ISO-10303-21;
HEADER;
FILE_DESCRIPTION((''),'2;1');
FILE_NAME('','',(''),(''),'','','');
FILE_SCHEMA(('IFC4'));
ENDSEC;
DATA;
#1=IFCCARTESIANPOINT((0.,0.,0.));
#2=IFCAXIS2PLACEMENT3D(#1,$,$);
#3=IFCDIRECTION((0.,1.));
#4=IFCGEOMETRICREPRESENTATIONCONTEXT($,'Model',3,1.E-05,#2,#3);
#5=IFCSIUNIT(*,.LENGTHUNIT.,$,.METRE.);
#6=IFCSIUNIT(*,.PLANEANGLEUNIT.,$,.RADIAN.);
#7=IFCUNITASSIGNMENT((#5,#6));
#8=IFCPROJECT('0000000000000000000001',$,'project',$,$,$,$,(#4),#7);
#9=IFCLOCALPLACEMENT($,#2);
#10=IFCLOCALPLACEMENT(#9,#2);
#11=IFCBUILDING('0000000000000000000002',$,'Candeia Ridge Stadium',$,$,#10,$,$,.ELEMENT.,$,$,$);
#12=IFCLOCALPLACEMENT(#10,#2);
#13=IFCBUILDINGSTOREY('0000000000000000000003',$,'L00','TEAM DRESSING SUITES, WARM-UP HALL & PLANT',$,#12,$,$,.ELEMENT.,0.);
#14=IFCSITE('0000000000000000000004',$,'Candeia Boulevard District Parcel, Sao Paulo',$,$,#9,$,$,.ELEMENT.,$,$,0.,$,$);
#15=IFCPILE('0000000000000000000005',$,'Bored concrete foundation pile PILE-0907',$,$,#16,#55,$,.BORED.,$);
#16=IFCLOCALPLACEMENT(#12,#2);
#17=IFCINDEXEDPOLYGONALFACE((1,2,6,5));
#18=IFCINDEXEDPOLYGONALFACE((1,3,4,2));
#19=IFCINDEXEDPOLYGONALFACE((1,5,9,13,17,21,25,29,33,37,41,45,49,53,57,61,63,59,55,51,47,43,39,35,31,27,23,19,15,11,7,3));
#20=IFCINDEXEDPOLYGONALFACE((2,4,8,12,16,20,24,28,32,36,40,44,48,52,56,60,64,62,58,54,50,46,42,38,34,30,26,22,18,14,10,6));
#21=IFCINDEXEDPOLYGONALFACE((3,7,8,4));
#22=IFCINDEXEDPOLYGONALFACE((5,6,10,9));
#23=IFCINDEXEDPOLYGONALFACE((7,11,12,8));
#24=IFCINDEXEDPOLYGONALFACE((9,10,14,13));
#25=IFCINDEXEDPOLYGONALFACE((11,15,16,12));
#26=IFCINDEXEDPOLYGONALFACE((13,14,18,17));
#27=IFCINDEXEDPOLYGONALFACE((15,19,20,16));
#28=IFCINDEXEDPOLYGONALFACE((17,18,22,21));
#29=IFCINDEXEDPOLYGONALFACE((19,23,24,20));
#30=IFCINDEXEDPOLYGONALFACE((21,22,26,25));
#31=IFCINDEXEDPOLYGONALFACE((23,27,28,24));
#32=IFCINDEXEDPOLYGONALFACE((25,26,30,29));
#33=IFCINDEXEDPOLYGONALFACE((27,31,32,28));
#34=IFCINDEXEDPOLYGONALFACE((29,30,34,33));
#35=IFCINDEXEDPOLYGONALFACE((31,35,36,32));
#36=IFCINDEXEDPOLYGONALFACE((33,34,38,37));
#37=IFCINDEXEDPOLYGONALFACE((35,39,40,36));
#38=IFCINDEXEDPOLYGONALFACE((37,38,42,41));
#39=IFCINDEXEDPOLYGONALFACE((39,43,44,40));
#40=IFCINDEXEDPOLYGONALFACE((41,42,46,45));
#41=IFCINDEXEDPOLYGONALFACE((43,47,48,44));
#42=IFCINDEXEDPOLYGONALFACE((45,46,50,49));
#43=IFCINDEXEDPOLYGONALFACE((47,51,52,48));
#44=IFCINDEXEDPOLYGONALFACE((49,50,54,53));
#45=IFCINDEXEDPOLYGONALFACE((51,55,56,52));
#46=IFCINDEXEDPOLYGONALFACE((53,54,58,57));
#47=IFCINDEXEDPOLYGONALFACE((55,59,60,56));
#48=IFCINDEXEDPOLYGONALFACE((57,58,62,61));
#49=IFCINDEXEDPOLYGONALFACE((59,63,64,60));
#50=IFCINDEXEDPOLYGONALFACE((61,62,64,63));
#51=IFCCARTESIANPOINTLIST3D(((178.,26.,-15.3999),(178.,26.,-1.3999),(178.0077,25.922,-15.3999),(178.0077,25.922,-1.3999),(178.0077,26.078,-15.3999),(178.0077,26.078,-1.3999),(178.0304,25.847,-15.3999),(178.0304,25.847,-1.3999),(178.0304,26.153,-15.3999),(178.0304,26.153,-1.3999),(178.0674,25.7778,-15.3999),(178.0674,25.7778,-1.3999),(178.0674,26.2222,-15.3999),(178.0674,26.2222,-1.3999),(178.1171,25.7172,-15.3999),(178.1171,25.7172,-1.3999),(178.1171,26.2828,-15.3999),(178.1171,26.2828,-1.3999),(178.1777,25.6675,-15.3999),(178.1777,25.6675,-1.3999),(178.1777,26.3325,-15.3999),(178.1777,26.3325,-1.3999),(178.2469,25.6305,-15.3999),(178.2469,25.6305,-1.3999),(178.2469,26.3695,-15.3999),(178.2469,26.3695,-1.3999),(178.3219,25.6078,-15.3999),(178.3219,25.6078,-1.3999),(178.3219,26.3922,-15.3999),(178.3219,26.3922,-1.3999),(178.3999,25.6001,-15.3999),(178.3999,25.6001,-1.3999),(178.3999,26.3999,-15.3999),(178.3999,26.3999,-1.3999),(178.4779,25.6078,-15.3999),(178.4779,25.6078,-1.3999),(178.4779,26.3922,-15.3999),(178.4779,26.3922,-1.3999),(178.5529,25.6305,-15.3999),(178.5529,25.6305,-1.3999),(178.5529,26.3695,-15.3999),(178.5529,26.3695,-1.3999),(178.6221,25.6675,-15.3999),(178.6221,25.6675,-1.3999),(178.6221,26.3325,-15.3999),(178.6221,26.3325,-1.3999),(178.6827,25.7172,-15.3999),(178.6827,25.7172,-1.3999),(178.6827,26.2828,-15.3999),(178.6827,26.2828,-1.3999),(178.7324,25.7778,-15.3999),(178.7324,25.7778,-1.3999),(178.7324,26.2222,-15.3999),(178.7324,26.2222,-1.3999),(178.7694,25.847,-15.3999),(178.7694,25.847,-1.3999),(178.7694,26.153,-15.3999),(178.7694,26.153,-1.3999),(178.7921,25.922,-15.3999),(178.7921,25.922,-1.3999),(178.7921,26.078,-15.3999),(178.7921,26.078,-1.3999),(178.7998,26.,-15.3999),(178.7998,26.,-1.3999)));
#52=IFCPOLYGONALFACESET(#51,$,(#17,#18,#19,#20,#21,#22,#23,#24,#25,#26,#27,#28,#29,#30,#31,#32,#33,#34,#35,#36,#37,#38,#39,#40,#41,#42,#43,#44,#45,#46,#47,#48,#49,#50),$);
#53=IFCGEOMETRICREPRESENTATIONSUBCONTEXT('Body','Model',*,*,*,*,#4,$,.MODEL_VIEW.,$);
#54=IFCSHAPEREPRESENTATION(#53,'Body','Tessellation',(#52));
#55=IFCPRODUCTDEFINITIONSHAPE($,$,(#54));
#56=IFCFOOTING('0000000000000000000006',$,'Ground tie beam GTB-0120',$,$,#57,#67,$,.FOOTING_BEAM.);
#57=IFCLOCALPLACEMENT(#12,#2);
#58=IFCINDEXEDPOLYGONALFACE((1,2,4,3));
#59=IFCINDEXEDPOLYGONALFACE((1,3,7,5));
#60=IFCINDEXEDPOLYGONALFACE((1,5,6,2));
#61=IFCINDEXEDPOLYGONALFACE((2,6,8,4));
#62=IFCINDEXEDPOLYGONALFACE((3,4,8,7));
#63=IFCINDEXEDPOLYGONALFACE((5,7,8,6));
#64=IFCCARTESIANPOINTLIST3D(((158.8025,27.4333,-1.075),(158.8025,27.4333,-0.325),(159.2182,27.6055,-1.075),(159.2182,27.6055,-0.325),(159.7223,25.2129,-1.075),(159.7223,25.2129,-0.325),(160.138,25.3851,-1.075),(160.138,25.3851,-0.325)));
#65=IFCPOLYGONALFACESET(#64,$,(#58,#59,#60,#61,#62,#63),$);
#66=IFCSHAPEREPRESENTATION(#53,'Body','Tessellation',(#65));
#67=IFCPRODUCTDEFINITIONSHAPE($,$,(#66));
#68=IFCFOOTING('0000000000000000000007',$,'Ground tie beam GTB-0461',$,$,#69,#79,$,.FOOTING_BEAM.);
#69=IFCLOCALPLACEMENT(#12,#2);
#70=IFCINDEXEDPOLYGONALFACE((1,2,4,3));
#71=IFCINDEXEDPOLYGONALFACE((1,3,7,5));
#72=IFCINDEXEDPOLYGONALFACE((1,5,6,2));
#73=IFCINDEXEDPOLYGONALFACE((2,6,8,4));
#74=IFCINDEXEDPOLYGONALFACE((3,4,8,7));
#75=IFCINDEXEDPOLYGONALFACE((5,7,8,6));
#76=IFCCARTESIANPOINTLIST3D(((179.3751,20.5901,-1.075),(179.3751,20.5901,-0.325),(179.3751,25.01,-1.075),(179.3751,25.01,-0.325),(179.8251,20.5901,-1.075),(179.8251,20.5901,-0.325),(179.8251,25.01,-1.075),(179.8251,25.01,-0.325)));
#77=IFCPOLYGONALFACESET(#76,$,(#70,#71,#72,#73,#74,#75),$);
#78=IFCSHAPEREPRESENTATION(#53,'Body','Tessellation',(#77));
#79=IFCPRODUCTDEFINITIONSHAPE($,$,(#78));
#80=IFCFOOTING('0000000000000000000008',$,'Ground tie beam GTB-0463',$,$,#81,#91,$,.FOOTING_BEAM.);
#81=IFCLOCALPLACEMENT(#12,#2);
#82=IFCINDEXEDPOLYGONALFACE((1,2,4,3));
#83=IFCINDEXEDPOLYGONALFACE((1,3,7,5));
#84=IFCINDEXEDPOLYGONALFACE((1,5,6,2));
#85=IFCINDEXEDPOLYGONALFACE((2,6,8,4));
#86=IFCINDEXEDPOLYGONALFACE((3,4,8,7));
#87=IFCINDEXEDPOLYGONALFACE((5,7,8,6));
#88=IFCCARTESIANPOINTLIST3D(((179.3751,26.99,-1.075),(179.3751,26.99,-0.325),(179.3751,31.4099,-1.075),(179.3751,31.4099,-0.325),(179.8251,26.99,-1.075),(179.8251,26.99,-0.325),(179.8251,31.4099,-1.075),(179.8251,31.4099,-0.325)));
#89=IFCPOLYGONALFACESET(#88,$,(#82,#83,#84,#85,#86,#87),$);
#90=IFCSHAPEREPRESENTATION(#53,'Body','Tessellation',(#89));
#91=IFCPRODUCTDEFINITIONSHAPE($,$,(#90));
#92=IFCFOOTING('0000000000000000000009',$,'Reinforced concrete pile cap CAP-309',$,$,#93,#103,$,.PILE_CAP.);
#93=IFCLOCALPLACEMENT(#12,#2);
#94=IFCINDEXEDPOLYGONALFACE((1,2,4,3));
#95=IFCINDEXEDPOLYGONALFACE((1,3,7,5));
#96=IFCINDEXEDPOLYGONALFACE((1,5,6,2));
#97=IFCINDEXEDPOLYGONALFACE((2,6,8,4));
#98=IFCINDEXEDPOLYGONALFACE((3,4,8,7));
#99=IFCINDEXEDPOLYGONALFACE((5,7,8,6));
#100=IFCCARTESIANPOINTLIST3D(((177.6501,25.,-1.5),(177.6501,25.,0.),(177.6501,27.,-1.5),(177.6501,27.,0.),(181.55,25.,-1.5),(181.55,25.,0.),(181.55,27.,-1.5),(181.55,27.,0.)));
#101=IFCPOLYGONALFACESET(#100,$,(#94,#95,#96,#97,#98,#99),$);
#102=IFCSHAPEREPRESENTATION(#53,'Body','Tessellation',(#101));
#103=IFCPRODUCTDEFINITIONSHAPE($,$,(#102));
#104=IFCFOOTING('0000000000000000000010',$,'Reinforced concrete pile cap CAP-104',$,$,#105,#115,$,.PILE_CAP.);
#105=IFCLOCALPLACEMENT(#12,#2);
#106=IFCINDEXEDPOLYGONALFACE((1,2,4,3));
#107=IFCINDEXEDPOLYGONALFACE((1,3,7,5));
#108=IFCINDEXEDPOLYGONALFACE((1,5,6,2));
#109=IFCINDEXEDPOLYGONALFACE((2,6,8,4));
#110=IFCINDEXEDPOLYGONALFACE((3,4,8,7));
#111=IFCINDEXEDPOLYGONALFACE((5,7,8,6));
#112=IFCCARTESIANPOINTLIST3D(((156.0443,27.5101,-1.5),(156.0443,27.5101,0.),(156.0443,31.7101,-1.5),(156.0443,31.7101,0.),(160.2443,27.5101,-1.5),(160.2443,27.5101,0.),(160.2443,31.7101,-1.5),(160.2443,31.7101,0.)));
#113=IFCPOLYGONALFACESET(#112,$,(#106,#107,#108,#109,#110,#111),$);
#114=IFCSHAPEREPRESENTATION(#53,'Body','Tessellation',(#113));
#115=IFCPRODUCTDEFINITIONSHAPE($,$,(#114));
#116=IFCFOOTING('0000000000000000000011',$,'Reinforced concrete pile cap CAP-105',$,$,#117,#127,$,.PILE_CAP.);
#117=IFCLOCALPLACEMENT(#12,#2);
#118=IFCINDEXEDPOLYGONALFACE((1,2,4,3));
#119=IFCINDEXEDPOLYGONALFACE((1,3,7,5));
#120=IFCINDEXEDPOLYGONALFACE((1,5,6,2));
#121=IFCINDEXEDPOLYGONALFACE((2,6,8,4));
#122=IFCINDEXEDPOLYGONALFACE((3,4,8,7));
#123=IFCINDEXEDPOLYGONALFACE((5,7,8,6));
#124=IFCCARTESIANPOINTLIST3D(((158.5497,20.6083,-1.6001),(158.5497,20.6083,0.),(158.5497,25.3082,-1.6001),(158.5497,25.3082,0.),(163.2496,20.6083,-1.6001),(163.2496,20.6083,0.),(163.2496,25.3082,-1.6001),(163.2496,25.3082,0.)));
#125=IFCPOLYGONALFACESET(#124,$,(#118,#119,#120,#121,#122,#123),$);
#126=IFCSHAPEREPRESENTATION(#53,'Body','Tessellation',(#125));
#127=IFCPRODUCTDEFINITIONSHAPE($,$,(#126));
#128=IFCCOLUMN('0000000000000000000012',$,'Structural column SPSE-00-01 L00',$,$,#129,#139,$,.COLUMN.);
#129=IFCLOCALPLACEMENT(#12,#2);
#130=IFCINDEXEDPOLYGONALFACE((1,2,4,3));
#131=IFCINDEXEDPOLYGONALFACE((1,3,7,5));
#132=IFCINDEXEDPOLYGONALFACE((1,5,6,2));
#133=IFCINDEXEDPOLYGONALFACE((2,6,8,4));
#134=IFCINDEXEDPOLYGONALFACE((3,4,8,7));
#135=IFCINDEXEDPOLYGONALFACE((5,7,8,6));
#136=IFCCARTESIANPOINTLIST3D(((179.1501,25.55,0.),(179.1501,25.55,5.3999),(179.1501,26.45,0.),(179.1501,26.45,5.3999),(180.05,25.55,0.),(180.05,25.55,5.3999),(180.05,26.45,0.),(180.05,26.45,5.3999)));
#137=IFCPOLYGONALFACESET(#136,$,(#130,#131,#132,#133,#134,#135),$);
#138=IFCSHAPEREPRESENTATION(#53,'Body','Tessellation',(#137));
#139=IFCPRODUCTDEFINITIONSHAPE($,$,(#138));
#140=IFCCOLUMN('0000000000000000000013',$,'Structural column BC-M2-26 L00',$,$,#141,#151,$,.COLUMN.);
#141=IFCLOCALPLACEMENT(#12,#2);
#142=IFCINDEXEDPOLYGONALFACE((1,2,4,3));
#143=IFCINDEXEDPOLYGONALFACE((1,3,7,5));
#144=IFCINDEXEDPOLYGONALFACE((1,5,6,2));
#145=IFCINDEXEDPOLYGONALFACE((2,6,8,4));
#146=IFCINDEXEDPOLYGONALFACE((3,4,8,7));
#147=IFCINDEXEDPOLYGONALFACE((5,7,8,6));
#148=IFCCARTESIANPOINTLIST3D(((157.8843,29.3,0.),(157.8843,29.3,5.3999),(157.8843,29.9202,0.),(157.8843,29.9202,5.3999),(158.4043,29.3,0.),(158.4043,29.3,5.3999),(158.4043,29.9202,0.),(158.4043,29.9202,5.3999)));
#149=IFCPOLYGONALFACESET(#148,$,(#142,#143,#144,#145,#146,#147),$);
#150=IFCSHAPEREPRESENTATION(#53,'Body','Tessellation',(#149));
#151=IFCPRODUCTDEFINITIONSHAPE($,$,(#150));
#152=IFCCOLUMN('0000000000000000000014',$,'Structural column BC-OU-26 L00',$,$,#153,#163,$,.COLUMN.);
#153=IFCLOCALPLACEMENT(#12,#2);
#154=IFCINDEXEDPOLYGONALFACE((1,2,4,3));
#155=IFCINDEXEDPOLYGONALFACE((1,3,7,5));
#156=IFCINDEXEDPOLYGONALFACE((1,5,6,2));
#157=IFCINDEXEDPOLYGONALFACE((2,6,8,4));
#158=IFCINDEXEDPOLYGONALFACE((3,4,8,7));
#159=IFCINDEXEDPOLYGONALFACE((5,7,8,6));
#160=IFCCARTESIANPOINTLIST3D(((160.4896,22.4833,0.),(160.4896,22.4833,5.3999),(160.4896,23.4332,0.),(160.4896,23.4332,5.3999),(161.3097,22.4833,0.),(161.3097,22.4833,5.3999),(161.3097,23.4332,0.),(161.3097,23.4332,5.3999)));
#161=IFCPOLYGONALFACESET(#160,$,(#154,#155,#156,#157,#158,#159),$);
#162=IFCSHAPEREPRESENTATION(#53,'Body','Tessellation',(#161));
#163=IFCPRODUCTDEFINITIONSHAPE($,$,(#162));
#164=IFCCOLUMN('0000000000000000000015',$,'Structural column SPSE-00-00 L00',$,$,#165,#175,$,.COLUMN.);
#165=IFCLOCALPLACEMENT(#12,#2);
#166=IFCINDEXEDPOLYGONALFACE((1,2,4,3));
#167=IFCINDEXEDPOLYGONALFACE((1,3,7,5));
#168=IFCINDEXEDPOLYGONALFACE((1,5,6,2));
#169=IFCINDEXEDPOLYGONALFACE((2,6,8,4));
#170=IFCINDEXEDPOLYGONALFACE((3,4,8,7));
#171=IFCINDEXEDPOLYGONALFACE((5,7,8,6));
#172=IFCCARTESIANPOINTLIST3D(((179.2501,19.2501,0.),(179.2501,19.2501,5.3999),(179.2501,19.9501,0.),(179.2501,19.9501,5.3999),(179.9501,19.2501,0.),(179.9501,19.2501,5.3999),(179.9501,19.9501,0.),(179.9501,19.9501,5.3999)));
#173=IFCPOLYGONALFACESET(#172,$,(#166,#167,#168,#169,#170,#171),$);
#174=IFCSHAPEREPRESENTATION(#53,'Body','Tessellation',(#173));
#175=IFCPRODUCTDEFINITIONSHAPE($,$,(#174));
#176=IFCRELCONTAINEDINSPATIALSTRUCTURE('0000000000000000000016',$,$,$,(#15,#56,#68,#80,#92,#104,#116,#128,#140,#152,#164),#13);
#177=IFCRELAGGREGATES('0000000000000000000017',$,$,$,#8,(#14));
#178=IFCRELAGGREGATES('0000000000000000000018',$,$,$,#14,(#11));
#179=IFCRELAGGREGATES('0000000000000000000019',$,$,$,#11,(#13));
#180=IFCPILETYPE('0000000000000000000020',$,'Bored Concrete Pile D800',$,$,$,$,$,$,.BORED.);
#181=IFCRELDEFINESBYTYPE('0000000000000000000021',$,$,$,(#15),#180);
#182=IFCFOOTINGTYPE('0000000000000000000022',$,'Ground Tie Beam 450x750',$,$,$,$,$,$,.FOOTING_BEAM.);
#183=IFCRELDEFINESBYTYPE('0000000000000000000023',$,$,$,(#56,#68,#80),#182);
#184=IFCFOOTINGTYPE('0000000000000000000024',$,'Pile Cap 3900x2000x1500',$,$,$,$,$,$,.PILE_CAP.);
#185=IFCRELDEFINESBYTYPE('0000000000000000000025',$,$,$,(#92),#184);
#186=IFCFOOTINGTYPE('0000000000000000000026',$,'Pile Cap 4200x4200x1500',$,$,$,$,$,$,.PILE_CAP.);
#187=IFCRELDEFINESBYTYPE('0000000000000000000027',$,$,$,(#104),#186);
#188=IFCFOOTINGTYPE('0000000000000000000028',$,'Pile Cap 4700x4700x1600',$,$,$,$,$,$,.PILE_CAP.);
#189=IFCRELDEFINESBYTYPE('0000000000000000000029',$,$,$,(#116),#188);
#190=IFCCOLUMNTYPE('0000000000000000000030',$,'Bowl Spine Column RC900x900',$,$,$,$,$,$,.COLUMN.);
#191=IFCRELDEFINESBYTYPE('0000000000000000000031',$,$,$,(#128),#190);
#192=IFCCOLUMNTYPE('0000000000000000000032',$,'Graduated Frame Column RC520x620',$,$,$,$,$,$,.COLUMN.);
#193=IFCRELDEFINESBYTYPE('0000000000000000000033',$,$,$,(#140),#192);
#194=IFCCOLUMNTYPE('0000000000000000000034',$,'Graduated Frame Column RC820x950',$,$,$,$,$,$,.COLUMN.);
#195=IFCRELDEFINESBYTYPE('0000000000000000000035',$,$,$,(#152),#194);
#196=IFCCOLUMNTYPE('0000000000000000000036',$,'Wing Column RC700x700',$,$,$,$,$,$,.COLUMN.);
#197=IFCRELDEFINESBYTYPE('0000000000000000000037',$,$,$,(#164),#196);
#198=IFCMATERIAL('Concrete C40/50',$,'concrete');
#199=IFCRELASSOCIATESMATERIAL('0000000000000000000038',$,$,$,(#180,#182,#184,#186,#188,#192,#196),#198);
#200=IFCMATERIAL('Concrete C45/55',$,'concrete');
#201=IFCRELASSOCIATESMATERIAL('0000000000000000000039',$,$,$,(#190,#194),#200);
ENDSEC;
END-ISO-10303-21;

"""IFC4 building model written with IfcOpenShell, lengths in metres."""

from ifc_helpers import new_model, si_unit, direction, frame, origin, origin_2d, place, context, subcontext, project, spatial, rectangle, circle, extrude, material, material_profile, profile_set, type_object, element, save


model = new_model("IFC4")

# Units and contexts
model_context = context("Model", 3, precision=1e-05, world=origin(), true_north=direction((0.0, 1.0)))
body_context = subcontext(model_context, "Body", "Model", "MODEL_VIEW")
ifc_project = project(units=[si_unit("LENGTHUNIT", "METRE"), si_unit("PLANEANGLEUNIT", "RADIAN")], contexts=[model_context])

# Site, building, storey
site_placement = place(None, origin())
site = spatial("IfcSite", under=ifc_project, at=site_placement, Name="Candeia Boulevard District Parcel, Sao Paulo", CompositionType="ELEMENT", RefElevation=0.0)
building_placement = place(site_placement, origin())
building = spatial("IfcBuilding", under=site, at=building_placement, Name="Candeia Ridge Stadium", CompositionType="ELEMENT")
storey_placement = place(building_placement, origin())
storey = spatial("IfcBuildingStorey", under=building, at=storey_placement, Name="L00", Description="TEAM DRESSING SUITES, WARM-UP HALL & PLANT", CompositionType="ELEMENT", Elevation=0.0)

# Pile
ifc_material_1 = material(Name="Concrete C40/50", Category="concrete")
ifc_material_profile_1 = material_profile(ifc_material_1, circle(Radius=0.3999, at=origin_2d()), Name="PILE-D800", Category="concrete")
ifc_profile_set_1 = profile_set([ifc_material_profile_1], Name="Concrete C40/50")
pile_type_1 = type_object("IfcPileType", Name="Bored Concrete Pile D800", PredefinedType="BORED", material=ifc_profile_set_1)
for number, where, z_axis, x_axis, name in (
    (1, (178.3999, 26.0, -1.3999), (0.0, 0.0, -1.0), (1.0, 0.0, 0.0), "Bored concrete foundation pile PILE-0907"),
):
    element("IfcPile", number, at=place(storey_placement, frame(where, z_axis=z_axis, x_axis=x_axis)), inside=storey, type_object=pile_type_1, Name=name, PredefinedType="BORED", context=body_context, shape_type="SweptSolid", body=[
        extrude(circle(Radius=0.3999, at=origin_2d()), origin(), (0.0, 0.0, 1.0), 14.0),
    ])

# Footings
footing_type_1 = type_object("IfcFootingType", Name="Ground Tie Beam 450x750", PredefinedType="FOOTING_BEAM", material=ifc_material_1)
footing_1_placement = place(storey_placement, frame((159.4702, 26.4092, -1.075), z_axis=(0.0, 0.0, 1.0), x_axis=(0.382712, -0.923868, 0.0)))
element("IfcFooting", 2, at=footing_1_placement, inside=storey, type_object=footing_type_1, Name="Ground tie beam GTB-0120", PredefinedType="FOOTING_BEAM", context=body_context, shape_type="SweptSolid", body=[
    extrude(rectangle(XDim=2.4033, YDim=0.45, at=origin_2d()), origin(), (0.0, 0.0, 1.0), 0.75),
])
for number, where, z_axis, x_axis, name in (
    (3, (179.6001, 22.8, -1.075), (0.0, 0.0, 1.0), (0.0, 1.0, 0.0), "Ground tie beam GTB-0461"),
    (4, (179.6001, 29.2, -1.075), (0.0, 0.0, 1.0), (0.0, 1.0, 0.0), "Ground tie beam GTB-0463"),
):
    element("IfcFooting", number, at=place(storey_placement, frame(where, z_axis=z_axis, x_axis=x_axis)), inside=storey, type_object=footing_type_1, Name=name, PredefinedType="FOOTING_BEAM", context=body_context, shape_type="SweptSolid", body=[
        extrude(rectangle(XDim=4.4199, YDim=0.45, at=origin_2d()), origin(), (0.0, 0.0, 1.0), 0.75),
    ])
footing_type_2 = type_object("IfcFootingType", Name="Pile Cap 3900x2000x1500", PredefinedType="PILE_CAP", material=ifc_material_1)
footing_2_placement = place(storey_placement, frame((179.6001, 26.0, -1.5), z_axis=(0.0, 0.0, 1.0), x_axis=(1.0, 0.0, 0.0)))
element("IfcFooting", 5, at=footing_2_placement, inside=storey, type_object=footing_type_2, Name="Reinforced concrete pile cap CAP-309", PredefinedType="PILE_CAP", context=body_context, shape_type="SweptSolid", body=[
    extrude(rectangle(XDim=3.8999, YDim=2.0, at=origin_2d()), origin(), (0.0, 0.0, 1.0), 1.5),
])
footing_type_3 = type_object("IfcFootingType", Name="Pile Cap 4200x4200x1500", PredefinedType="PILE_CAP", material=ifc_material_1)
footing_3_placement = place(storey_placement, frame((158.1443, 29.6101, -1.5), z_axis=(0.0, 0.0, 1.0), x_axis=(1.0, 0.0, 0.0)))
element("IfcFooting", 6, at=footing_3_placement, inside=storey, type_object=footing_type_3, Name="Reinforced concrete pile cap CAP-104", PredefinedType="PILE_CAP", context=body_context, shape_type="SweptSolid", body=[
    extrude(rectangle(XDim=4.2, YDim=4.2, at=origin_2d()), origin(), (0.0, 0.0, 1.0), 1.5),
])
footing_type_4 = type_object("IfcFootingType", Name="Pile Cap 4700x4700x1600", PredefinedType="PILE_CAP", material=ifc_material_1)
footing_4_placement = place(storey_placement, frame((160.8997, 22.9583, -1.6001), z_axis=(0.0, 0.0, 1.0), x_axis=(1.0, 0.0, 0.0)))
element("IfcFooting", 7, at=footing_4_placement, inside=storey, type_object=footing_type_4, Name="Reinforced concrete pile cap CAP-105", PredefinedType="PILE_CAP", context=body_context, shape_type="SweptSolid", body=[
    extrude(rectangle(XDim=4.7, YDim=4.7, at=origin_2d()), origin(), (0.0, 0.0, 1.0), 1.6001),
])

# Columns
ifc_material_2 = material(Name="Concrete C45/55", Category="concrete")
ifc_material_profile_2 = material_profile(ifc_material_2, rectangle(XDim=0.8999, YDim=0.8999, at=origin_2d()), Name="RC900x900", Category="concrete")
ifc_profile_set_2 = profile_set([ifc_material_profile_2], Name="Concrete C45/55")
column_type_1 = type_object("IfcColumnType", Name="Bowl Spine Column RC900x900", PredefinedType="COLUMN", material=ifc_profile_set_2)
column_1_placement = place(storey_placement, frame((179.6001, 26.0, 0.0), z_axis=(0.0, 0.0, 1.0), x_axis=(1.0, 0.0, 0.0)))
element("IfcColumn", 8, at=column_1_placement, inside=storey, type_object=column_type_1, Name="Structural column SPSE-00-01 L00", PredefinedType="COLUMN", context=body_context, shape_type="SweptSolid", body=[
    extrude(rectangle(XDim=0.8999, YDim=0.8999, at=origin_2d()), origin(), (0.0, 0.0, 1.0), 5.3999),
])
ifc_material_profile_3 = material_profile(ifc_material_1, rectangle(XDim=0.52, YDim=0.6201, at=origin_2d()), Name="RC520x620", Category="concrete")
ifc_profile_set_3 = profile_set([ifc_material_profile_3], Name="Concrete C40/50")
column_type_2 = type_object("IfcColumnType", Name="Graduated Frame Column RC520x620", PredefinedType="COLUMN", material=ifc_profile_set_3)
column_2_placement = place(storey_placement, frame((158.1443, 29.6101, 0.0), z_axis=(0.0, 0.0, 1.0), x_axis=(1.0, 0.0, 0.0)))
element("IfcColumn", 9, at=column_2_placement, inside=storey, type_object=column_type_2, Name="Structural column BC-M2-26 L00", PredefinedType="COLUMN", context=body_context, shape_type="SweptSolid", body=[
    extrude(rectangle(XDim=0.52, YDim=0.6201, at=origin_2d()), origin(), (0.0, 0.0, 1.0), 5.3999),
])
ifc_material_profile_4 = material_profile(ifc_material_2, rectangle(XDim=0.8201, YDim=0.95, at=origin_2d()), Name="RC820x950", Category="concrete")
ifc_profile_set_4 = profile_set([ifc_material_profile_4], Name="Concrete C45/55")
column_type_3 = type_object("IfcColumnType", Name="Graduated Frame Column RC820x950", PredefinedType="COLUMN", material=ifc_profile_set_4)
column_3_placement = place(storey_placement, frame((160.8997, 22.9583, 0.0), z_axis=(0.0, 0.0, 1.0), x_axis=(1.0, 0.0, 0.0)))
element("IfcColumn", 10, at=column_3_placement, inside=storey, type_object=column_type_3, Name="Structural column BC-OU-26 L00", PredefinedType="COLUMN", context=body_context, shape_type="SweptSolid", body=[
    extrude(rectangle(XDim=0.8201, YDim=0.95, at=origin_2d()), origin(), (0.0, 0.0, 1.0), 5.3999),
])
ifc_material_profile_5 = material_profile(ifc_material_1, rectangle(XDim=0.7, YDim=0.7, at=origin_2d()), Name="RC700x700", Category="concrete")
ifc_profile_set_5 = profile_set([ifc_material_profile_5], Name="Concrete C40/50")
column_type_4 = type_object("IfcColumnType", Name="Wing Column RC700x700", PredefinedType="COLUMN", material=ifc_profile_set_5)
column_4_placement = place(storey_placement, frame((179.6001, 19.6001, 0.0), z_axis=(0.0, 0.0, 1.0), x_axis=(1.0, 0.0, 0.0)))
element("IfcColumn", 11, at=column_4_placement, inside=storey, type_object=column_type_4, Name="Structural column SPSE-00-00 L00", PredefinedType="COLUMN", context=body_context, shape_type="SweptSolid", body=[
    extrude(rectangle(XDim=0.7, YDim=0.7, at=origin_2d()), origin(), (0.0, 0.0, 1.0), 5.3999),
])

save(model, "model.ifc")
